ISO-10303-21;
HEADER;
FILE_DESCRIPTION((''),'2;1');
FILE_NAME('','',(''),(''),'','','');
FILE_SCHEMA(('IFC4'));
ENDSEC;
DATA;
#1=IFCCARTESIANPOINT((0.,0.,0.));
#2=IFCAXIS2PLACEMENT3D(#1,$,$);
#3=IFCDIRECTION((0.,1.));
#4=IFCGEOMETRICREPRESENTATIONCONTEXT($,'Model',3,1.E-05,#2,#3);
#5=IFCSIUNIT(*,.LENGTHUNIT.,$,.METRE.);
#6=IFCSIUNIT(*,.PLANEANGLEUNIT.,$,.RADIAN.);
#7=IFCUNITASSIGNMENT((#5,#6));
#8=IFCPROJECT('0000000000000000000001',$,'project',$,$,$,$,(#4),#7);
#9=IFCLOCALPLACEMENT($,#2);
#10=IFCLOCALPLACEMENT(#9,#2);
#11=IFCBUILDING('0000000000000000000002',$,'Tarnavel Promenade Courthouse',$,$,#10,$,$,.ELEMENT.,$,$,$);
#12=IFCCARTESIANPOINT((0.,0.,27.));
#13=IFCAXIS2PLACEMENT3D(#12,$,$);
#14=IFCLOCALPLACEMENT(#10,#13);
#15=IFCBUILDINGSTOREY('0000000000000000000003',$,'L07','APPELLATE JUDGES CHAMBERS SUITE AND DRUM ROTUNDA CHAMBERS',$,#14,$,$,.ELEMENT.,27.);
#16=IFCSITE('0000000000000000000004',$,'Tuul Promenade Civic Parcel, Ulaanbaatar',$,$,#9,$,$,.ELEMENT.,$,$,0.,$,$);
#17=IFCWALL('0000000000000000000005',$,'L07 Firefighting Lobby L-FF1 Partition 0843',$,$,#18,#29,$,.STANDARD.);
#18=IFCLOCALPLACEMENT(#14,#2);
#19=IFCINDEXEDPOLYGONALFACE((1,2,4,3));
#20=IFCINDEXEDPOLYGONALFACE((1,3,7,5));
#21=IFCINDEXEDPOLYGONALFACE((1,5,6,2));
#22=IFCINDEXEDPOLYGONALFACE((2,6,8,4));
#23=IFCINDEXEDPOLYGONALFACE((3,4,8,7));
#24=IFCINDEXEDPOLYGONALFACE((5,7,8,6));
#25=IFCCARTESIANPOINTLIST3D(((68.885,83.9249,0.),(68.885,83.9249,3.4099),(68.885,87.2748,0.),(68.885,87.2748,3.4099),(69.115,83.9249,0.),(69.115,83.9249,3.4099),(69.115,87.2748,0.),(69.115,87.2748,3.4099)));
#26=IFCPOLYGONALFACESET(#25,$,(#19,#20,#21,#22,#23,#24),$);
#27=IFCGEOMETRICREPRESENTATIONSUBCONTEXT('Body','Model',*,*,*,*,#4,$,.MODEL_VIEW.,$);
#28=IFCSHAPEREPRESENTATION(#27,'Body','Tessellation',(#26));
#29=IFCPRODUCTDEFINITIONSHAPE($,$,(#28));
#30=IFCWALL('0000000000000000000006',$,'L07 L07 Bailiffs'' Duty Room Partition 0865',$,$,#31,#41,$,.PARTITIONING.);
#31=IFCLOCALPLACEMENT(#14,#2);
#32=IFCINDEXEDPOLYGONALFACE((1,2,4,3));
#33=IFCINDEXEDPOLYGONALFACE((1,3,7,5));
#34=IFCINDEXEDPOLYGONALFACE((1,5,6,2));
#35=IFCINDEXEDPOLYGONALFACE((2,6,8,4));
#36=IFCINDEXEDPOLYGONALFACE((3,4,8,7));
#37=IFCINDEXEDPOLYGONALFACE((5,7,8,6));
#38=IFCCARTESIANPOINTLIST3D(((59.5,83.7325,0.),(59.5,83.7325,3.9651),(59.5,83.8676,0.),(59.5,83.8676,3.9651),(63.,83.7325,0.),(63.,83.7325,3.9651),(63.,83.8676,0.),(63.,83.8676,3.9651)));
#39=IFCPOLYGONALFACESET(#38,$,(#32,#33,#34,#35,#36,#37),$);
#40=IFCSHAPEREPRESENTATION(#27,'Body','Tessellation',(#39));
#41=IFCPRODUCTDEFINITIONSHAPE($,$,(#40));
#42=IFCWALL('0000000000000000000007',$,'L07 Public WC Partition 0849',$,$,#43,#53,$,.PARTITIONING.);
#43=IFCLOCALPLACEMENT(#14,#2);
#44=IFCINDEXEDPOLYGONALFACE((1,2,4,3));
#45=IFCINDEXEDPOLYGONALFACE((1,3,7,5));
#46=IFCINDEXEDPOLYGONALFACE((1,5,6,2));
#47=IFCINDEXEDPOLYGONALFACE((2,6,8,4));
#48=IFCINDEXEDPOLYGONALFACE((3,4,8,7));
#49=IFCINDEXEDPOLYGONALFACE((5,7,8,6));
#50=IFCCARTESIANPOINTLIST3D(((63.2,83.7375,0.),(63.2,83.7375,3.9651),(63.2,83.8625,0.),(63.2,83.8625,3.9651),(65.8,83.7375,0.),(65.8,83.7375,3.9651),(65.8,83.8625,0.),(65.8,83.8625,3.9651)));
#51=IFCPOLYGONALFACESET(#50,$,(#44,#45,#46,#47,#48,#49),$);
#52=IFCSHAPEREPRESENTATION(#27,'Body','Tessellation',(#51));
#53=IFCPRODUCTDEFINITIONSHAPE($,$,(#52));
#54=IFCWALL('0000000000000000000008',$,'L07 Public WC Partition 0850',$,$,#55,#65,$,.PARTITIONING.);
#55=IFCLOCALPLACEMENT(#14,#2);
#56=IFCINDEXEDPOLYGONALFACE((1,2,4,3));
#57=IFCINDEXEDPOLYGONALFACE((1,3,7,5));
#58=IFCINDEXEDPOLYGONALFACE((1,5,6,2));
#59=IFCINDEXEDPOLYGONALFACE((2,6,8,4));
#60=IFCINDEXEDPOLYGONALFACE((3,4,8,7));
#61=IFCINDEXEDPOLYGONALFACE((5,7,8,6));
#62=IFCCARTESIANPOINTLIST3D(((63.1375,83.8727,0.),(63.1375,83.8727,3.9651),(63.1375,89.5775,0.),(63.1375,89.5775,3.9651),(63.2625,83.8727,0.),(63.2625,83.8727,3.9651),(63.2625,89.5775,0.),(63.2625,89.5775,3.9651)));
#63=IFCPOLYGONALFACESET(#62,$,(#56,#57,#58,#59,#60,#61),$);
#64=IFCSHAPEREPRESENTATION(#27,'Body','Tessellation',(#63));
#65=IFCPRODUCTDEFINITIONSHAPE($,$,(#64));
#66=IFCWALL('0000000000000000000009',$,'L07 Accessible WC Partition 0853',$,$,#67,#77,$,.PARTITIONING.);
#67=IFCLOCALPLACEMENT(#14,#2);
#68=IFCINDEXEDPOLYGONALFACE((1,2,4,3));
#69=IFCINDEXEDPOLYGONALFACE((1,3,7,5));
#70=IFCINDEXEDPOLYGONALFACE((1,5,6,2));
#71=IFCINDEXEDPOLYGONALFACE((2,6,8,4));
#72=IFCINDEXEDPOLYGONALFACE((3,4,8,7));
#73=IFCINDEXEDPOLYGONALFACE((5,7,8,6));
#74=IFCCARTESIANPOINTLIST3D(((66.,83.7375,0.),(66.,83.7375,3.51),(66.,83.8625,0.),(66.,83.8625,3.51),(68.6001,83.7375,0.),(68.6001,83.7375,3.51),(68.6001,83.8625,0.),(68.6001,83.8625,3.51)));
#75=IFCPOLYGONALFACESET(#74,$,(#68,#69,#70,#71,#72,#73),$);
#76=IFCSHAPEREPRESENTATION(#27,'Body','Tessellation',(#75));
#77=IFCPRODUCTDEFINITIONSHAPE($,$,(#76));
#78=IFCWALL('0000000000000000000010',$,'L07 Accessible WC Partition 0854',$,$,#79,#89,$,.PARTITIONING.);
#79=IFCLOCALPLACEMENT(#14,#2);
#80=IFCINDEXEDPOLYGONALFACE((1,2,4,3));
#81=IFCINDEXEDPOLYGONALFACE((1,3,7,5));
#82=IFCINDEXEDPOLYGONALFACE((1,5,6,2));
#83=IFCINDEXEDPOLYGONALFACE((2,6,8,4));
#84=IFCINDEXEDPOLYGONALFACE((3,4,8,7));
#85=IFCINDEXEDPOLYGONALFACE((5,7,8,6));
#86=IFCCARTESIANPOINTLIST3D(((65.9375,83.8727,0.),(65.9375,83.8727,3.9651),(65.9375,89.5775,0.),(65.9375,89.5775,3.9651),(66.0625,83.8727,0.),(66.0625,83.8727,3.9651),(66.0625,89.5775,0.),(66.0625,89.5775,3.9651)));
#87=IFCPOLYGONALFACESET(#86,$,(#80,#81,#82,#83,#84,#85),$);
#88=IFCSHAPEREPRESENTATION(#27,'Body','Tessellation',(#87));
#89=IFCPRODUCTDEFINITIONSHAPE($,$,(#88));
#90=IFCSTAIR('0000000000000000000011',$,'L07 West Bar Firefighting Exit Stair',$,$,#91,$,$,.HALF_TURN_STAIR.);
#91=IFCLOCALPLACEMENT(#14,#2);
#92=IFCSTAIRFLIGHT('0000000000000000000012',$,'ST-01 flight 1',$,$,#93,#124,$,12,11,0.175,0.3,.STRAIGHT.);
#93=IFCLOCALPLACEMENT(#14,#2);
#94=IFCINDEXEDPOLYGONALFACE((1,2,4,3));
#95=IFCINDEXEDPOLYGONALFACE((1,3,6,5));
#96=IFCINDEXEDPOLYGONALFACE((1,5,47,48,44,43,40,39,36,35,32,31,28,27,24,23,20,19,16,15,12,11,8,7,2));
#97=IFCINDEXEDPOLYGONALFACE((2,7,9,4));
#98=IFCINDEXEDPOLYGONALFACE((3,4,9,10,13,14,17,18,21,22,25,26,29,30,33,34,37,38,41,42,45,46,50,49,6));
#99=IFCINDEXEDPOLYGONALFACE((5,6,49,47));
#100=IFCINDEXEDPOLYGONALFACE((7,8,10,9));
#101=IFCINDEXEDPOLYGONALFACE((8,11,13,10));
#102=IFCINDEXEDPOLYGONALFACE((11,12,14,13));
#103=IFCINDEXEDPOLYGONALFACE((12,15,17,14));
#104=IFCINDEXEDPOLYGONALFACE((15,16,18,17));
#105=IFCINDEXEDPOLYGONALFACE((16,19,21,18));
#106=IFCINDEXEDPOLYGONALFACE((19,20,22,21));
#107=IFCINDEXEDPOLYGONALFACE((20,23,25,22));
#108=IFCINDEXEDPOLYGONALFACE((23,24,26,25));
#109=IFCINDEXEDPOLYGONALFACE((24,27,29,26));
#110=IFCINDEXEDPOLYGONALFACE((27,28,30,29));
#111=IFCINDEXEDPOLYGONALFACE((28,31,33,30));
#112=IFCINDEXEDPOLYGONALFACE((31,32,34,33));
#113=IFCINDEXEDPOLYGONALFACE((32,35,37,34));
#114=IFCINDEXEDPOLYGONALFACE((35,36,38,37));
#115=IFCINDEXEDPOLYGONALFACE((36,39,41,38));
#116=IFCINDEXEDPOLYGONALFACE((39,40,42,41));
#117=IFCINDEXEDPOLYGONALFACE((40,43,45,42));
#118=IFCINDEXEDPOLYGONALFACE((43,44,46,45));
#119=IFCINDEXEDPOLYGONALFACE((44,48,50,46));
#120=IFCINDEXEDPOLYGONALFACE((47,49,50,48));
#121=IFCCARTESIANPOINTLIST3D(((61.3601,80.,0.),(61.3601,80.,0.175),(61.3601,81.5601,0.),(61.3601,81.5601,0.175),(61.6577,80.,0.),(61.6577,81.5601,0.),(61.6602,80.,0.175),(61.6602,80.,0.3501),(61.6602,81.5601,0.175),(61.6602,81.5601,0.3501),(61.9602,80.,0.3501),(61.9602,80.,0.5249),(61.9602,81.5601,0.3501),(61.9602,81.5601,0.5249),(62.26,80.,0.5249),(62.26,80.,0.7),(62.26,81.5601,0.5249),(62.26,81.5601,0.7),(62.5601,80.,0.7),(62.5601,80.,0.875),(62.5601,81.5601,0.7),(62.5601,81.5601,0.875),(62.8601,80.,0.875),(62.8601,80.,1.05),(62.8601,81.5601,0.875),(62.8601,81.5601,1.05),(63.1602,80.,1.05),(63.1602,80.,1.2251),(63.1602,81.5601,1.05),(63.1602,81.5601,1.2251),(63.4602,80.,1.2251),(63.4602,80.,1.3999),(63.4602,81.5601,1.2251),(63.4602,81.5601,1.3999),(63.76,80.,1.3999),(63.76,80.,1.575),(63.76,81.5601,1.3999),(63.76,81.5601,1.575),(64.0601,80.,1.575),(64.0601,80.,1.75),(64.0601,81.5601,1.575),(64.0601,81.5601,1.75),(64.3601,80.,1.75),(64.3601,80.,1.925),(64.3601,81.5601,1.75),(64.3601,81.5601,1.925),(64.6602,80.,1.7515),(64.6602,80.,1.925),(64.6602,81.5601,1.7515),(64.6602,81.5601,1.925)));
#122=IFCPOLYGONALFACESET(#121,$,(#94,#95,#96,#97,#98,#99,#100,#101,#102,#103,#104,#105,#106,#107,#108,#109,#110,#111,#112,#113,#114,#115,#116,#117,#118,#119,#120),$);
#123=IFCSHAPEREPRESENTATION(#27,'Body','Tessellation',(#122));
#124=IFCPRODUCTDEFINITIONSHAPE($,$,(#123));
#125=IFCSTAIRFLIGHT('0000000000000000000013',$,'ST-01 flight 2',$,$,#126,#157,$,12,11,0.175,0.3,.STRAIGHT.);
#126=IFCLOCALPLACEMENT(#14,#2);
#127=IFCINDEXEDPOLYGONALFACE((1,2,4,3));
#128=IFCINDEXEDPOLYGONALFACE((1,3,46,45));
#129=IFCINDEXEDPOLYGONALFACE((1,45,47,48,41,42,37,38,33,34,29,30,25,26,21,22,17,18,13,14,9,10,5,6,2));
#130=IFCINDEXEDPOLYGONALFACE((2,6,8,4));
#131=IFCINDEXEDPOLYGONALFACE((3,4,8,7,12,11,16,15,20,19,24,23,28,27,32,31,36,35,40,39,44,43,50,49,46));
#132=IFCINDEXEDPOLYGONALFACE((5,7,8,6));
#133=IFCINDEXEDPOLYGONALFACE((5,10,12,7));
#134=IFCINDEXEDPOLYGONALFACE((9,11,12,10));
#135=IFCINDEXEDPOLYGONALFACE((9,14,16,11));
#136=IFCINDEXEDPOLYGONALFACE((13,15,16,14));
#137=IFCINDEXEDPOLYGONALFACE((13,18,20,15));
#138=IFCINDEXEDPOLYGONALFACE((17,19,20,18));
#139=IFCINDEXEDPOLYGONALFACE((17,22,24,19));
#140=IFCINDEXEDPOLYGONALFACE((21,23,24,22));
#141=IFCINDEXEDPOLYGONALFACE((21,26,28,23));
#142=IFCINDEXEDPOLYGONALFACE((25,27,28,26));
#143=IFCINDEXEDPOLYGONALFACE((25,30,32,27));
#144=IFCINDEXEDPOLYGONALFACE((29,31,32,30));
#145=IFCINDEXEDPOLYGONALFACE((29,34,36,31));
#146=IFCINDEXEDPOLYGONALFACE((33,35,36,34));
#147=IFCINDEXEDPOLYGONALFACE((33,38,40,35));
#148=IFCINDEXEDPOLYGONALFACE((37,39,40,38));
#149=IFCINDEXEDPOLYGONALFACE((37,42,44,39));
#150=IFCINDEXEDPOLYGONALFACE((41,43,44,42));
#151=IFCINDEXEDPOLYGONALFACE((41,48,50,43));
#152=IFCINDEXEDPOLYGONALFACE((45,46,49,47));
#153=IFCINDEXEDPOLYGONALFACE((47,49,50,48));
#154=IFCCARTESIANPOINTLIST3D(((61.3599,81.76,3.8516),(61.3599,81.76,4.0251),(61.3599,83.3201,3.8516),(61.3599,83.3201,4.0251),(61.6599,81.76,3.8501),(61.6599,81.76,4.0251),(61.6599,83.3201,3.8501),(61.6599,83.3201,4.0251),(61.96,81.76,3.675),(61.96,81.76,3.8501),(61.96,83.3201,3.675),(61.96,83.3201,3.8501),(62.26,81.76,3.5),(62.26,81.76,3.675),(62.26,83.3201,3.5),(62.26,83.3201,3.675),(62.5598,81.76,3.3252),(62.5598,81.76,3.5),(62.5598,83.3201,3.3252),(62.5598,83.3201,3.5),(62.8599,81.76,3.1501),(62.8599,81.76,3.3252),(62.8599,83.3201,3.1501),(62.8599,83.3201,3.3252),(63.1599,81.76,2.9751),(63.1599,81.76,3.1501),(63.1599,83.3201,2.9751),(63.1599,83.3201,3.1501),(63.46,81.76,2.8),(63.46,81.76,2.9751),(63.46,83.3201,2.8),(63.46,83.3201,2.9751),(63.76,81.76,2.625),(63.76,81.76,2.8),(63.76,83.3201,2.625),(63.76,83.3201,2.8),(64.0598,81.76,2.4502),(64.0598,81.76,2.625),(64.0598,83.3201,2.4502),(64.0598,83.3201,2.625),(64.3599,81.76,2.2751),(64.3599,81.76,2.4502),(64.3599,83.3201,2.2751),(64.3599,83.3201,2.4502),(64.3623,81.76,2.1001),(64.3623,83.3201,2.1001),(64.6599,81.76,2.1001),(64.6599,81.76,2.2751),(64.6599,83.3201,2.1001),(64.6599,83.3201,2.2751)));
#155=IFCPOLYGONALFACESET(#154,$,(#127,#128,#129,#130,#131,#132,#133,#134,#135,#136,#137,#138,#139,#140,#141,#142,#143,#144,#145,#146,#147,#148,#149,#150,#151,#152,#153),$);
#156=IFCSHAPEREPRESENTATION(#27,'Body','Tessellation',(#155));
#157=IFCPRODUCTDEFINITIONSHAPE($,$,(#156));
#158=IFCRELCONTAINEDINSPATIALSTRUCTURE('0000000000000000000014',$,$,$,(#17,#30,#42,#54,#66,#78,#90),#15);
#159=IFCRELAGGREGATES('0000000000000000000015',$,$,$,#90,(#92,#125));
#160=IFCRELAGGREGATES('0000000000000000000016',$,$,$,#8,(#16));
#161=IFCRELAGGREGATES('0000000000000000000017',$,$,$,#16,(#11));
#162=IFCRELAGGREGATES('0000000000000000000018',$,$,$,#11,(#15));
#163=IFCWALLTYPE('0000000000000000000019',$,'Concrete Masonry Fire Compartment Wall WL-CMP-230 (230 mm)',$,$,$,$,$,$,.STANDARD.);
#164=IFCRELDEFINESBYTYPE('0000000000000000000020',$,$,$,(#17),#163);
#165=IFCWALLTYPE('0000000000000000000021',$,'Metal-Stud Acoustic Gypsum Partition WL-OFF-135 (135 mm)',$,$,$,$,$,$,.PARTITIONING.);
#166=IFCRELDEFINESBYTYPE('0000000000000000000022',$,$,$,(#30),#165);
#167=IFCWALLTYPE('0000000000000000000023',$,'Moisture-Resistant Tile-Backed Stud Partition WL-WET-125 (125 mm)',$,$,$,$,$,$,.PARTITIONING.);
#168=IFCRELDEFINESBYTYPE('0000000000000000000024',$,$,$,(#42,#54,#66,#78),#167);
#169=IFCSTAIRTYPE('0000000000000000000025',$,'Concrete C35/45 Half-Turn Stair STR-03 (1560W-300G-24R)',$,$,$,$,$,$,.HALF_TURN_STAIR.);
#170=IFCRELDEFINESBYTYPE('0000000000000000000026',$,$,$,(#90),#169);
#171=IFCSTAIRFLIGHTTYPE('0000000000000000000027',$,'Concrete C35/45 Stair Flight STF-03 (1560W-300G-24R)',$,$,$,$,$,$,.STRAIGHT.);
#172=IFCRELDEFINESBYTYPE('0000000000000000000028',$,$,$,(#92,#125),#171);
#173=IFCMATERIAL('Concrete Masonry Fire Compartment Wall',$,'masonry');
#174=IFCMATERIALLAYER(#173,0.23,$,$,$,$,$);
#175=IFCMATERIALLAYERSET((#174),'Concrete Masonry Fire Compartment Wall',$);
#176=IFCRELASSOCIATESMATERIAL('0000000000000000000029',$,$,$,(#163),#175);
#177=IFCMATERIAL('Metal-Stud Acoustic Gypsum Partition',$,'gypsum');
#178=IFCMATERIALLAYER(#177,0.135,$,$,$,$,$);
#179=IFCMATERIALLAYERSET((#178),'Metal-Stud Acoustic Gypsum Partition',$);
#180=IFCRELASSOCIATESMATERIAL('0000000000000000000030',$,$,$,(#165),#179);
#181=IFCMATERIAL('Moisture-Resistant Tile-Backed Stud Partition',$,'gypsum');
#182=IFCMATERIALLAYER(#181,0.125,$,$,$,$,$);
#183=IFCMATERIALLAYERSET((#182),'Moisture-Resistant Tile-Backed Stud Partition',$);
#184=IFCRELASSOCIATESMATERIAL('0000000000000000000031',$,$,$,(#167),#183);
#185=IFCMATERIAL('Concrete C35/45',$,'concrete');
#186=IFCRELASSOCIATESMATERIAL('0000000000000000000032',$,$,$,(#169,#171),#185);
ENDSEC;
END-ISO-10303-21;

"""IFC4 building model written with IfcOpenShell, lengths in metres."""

from ifc_helpers import new_model, si_unit, direction, frame, frame_2d, origin, place, context, subcontext, project, spatial, polyline, rectangle, outline, extrude, material, layer, layer_set, type_object, element, aggregate, save


model = new_model("IFC4")

# Units and contexts
model_context = context("Model", 3, precision=1e-05, world=origin(), true_north=direction((0.0, 1.0)))
body_context = subcontext(model_context, "Body", "Model", "MODEL_VIEW")
ifc_project = project(units=[si_unit("LENGTHUNIT", "METRE"), si_unit("PLANEANGLEUNIT", "RADIAN")], contexts=[model_context])

# Site, building, storey
site_placement = place(None, origin())
site = spatial("IfcSite", under=ifc_project, at=site_placement, Name="Tuul Promenade Civic Parcel, Ulaanbaatar", CompositionType="ELEMENT", RefElevation=0.0)
building_placement = place(site_placement, origin())
building = spatial("IfcBuilding", under=site, at=building_placement, Name="Tarnavel Promenade Courthouse", CompositionType="ELEMENT")
storey_placement = place(building_placement, frame((0.0, 0.0, 27.0)))
storey = spatial("IfcBuildingStorey", under=building, at=storey_placement, Name="L07", Description="APPELLATE JUDGES CHAMBERS SUITE AND DRUM ROTUNDA CHAMBERS", CompositionType="ELEMENT", Elevation=27.0)

# Walls
ifc_material_1 = material(Name="Concrete Masonry Fire Compartment Wall", Category="masonry")
ifc_layer_1 = layer(ifc_material_1, 0.23)
ifc_layer_set_1 = layer_set([ifc_layer_1], Name="Concrete Masonry Fire Compartment Wall")
wall_type_1 = type_object("IfcWallType", Name="Concrete Masonry Fire Compartment Wall WL-CMP-230 (230 mm)", PredefinedType="STANDARD", material=ifc_layer_set_1)
wall_1_placement = place(storey_placement, frame((69.0, 83.925, 0.0), z_axis=(0.0, 0.0, 1.0), x_axis=(0.0, 1.0, 0.0)))
element("IfcWall", 1, at=wall_1_placement, inside=storey, type_object=wall_type_1, Name="L07 Firefighting Lobby L-FF1 Partition 0843", PredefinedType="STANDARD", context=body_context, shape_type="SweptSolid", body=[
    extrude(rectangle(XDim=3.3499, YDim=0.23, at=frame_2d((1.6748, 0.0))), origin(), (0.0, 0.0, 1.0), 3.4099),
])
ifc_material_2 = material(Name="Metal-Stud Acoustic Gypsum Partition", Category="gypsum")
ifc_layer_2 = layer(ifc_material_2, 0.135)
ifc_layer_set_2 = layer_set([ifc_layer_2], Name="Metal-Stud Acoustic Gypsum Partition")
wall_type_2 = type_object("IfcWallType", Name="Metal-Stud Acoustic Gypsum Partition WL-OFF-135 (135 mm)", PredefinedType="PARTITIONING", material=ifc_layer_set_2)
wall_2_placement = place(storey_placement, frame((63.0, 83.8, 0.0), z_axis=(0.0, 0.0, 1.0), x_axis=(-1.0, 0.0, 0.0)))
element("IfcWall", 2, at=wall_2_placement, inside=storey, type_object=wall_type_2, Name="L07 L07 Bailiffs' Duty Room Partition 0865", PredefinedType="PARTITIONING", context=body_context, shape_type="SweptSolid", body=[
    extrude(rectangle(XDim=3.5, YDim=0.135, at=frame_2d((1.75, 0.0))), origin(), (0.0, 0.0, 1.0), 3.9651),
])
ifc_material_3 = material(Name="Moisture-Resistant Tile-Backed Stud Partition", Category="gypsum")
ifc_layer_3 = layer(ifc_material_3, 0.125)
ifc_layer_set_3 = layer_set([ifc_layer_3], Name="Moisture-Resistant Tile-Backed Stud Partition")
wall_type_3 = type_object("IfcWallType", Name="Moisture-Resistant Tile-Backed Stud Partition WL-WET-125 (125 mm)", PredefinedType="PARTITIONING", material=ifc_layer_set_3)
wall_3_placement = place(storey_placement, frame((65.8, 83.8, 0.0), z_axis=(0.0, 0.0, 1.0), x_axis=(-1.0, 0.0, 0.0)))
element("IfcWall", 3, at=wall_3_placement, inside=storey, type_object=wall_type_3, Name="L07 Public WC Partition 0849", PredefinedType="PARTITIONING", context=body_context, shape_type="SweptSolid", body=[
    extrude(rectangle(XDim=2.6001, YDim=0.125, at=frame_2d((1.3, 0.0))), origin(), (0.0, 0.0, 1.0), 3.9651),
])
wall_4_placement = place(storey_placement, frame((63.2, 83.8726, 0.0), z_axis=(0.0, 0.0, 1.0), x_axis=(0.0, 1.0, 0.0)))
element("IfcWall", 4, at=wall_4_placement, inside=storey, type_object=wall_type_3, Name="L07 Public WC Partition 0850", PredefinedType="PARTITIONING", context=body_context, shape_type="SweptSolid", body=[
    extrude(rectangle(XDim=5.7048, YDim=0.125, at=frame_2d((2.8525, 0.0))), origin(), (0.0, 0.0, 1.0), 3.9651),
])
wall_5_placement = place(storey_placement, frame((68.6001, 83.8, 0.0), z_axis=(0.0, 0.0, 1.0), x_axis=(-1.0, 0.0, 0.0)))
element("IfcWall", 5, at=wall_5_placement, inside=storey, type_object=wall_type_3, Name="L07 Accessible WC Partition 0853", PredefinedType="PARTITIONING", context=body_context, shape_type="SweptSolid", body=[
    extrude(rectangle(XDim=2.6001, YDim=0.125, at=frame_2d((1.3, 0.0))), origin(), (0.0, 0.0, 1.0), 3.51),
])
wall_6_placement = place(storey_placement, frame((66.0, 83.8726, 0.0), z_axis=(0.0, 0.0, 1.0), x_axis=(0.0, 1.0, 0.0)))
element("IfcWall", 6, at=wall_6_placement, inside=storey, type_object=wall_type_3, Name="L07 Accessible WC Partition 0854", PredefinedType="PARTITIONING", context=body_context, shape_type="SweptSolid", body=[
    extrude(rectangle(XDim=5.7048, YDim=0.125, at=frame_2d((2.8525, 0.0))), origin(), (0.0, 0.0, 1.0), 3.9651),
])

# Stair, stair flights
ifc_material_4 = material(Name="Concrete C35/45", Category="concrete")
stair_type = type_object("IfcStairType", Name="Concrete C35/45 Half-Turn Stair STR-03 (1560W-300G-24R)", PredefinedType="HALF_TURN_STAIR", material=ifc_material_4)
stair_placement = place(storey_placement, origin())
stair = element("IfcStair", 7, at=stair_placement, inside=storey, type_object=stair_type, Name="L07 West Bar Firefighting Exit Stair", PredefinedType="HALF_TURN_STAIR")
stair_flight_type = type_object("IfcStairFlightType", Name="Concrete C35/45 Stair Flight STF-03 (1560W-300G-24R)", PredefinedType="STRAIGHT", material=ifc_material_4)
stair_flight_1_placement = place(storey_placement, frame((61.3601, 80.78, 0.0), z_axis=(0.0, 0.0, 1.0), x_axis=(1.0, 0.0, 0.0)))
stair_flight_1 = element("IfcStairFlight", 8, at=stair_flight_1_placement, type_object=stair_flight_type, Name="ST-01 flight 1", NumberOfRisers=12, NumberOfTreads=11, PredefinedType="STRAIGHT", RiserHeight=0.175, TreadLength=0.3, context=body_context, shape_type="SweptSolid", body=[
    extrude(outline(polyline([(0.0, 0.0), (0.0, 0.175), (0.3, 0.175), (0.3, 0.3501), (0.6001, 0.3501), (0.6001, 0.5249), (0.8999, 0.5249), (0.8999, 0.7), (1.2, 0.7), (1.2, 0.875), (1.5, 0.875), (1.5, 1.05), (1.8, 1.05), (1.8, 1.2251), (2.1001, 1.2251), (2.1001, 1.3999), (2.3999, 1.3999), (2.3999, 1.575), (2.7, 1.575), (2.7, 1.75), (3.0, 1.75), (3.0, 1.925), (3.3, 1.925), (3.3, 2.1001), (3.3, 1.7515), (0.2976, 0.0), (0.0, 0.0)])), frame((0.0, 0.78, 0.0), z_axis=(0.0, -1.0, 0.0), x_axis=(1.0, 0.0, 0.0)), (0.0, 0.0, 1.0), 1.5601),
])
stair_flight_2_placement = place(storey_placement, frame((64.6599, 82.54, 2.1001), z_axis=(0.0, 0.0, 1.0), x_axis=(-1.0, 0.0, 0.0)))
stair_flight_2 = element("IfcStairFlight", 9, at=stair_flight_2_placement, type_object=stair_flight_type, Name="ST-01 flight 2", NumberOfRisers=12, NumberOfTreads=11, PredefinedType="STRAIGHT", RiserHeight=0.175, TreadLength=0.3, context=body_context, shape_type="SweptSolid", body=[
    extrude(outline(polyline([(0.0, 0.0), (0.0, 0.175), (0.3, 0.175), (0.3, 0.3501), (0.6001, 0.3501), (0.6001, 0.5249), (0.8999, 0.5249), (0.8999, 0.7), (1.2, 0.7), (1.2, 0.875), (1.5, 0.875), (1.5, 1.05), (1.8, 1.05), (1.8, 1.2251), (2.1001, 1.2251), (2.1001, 1.3999), (2.3999, 1.3999), (2.3999, 1.575), (2.7, 1.575), (2.7, 1.75), (3.0, 1.75), (3.0, 1.925), (3.3, 1.925), (3.3, 2.1001), (3.3, 1.7515), (0.2976, 0.0), (0.0, 0.0)])), frame((0.0, 0.78, 0.0), z_axis=(0.0, -1.0, 0.0), x_axis=(1.0, 0.0, 0.0)), (0.0, 0.0, 1.0), 1.5601),
])
aggregate(stair, [stair_flight_1, stair_flight_2])

save(model, "model.ifc")
